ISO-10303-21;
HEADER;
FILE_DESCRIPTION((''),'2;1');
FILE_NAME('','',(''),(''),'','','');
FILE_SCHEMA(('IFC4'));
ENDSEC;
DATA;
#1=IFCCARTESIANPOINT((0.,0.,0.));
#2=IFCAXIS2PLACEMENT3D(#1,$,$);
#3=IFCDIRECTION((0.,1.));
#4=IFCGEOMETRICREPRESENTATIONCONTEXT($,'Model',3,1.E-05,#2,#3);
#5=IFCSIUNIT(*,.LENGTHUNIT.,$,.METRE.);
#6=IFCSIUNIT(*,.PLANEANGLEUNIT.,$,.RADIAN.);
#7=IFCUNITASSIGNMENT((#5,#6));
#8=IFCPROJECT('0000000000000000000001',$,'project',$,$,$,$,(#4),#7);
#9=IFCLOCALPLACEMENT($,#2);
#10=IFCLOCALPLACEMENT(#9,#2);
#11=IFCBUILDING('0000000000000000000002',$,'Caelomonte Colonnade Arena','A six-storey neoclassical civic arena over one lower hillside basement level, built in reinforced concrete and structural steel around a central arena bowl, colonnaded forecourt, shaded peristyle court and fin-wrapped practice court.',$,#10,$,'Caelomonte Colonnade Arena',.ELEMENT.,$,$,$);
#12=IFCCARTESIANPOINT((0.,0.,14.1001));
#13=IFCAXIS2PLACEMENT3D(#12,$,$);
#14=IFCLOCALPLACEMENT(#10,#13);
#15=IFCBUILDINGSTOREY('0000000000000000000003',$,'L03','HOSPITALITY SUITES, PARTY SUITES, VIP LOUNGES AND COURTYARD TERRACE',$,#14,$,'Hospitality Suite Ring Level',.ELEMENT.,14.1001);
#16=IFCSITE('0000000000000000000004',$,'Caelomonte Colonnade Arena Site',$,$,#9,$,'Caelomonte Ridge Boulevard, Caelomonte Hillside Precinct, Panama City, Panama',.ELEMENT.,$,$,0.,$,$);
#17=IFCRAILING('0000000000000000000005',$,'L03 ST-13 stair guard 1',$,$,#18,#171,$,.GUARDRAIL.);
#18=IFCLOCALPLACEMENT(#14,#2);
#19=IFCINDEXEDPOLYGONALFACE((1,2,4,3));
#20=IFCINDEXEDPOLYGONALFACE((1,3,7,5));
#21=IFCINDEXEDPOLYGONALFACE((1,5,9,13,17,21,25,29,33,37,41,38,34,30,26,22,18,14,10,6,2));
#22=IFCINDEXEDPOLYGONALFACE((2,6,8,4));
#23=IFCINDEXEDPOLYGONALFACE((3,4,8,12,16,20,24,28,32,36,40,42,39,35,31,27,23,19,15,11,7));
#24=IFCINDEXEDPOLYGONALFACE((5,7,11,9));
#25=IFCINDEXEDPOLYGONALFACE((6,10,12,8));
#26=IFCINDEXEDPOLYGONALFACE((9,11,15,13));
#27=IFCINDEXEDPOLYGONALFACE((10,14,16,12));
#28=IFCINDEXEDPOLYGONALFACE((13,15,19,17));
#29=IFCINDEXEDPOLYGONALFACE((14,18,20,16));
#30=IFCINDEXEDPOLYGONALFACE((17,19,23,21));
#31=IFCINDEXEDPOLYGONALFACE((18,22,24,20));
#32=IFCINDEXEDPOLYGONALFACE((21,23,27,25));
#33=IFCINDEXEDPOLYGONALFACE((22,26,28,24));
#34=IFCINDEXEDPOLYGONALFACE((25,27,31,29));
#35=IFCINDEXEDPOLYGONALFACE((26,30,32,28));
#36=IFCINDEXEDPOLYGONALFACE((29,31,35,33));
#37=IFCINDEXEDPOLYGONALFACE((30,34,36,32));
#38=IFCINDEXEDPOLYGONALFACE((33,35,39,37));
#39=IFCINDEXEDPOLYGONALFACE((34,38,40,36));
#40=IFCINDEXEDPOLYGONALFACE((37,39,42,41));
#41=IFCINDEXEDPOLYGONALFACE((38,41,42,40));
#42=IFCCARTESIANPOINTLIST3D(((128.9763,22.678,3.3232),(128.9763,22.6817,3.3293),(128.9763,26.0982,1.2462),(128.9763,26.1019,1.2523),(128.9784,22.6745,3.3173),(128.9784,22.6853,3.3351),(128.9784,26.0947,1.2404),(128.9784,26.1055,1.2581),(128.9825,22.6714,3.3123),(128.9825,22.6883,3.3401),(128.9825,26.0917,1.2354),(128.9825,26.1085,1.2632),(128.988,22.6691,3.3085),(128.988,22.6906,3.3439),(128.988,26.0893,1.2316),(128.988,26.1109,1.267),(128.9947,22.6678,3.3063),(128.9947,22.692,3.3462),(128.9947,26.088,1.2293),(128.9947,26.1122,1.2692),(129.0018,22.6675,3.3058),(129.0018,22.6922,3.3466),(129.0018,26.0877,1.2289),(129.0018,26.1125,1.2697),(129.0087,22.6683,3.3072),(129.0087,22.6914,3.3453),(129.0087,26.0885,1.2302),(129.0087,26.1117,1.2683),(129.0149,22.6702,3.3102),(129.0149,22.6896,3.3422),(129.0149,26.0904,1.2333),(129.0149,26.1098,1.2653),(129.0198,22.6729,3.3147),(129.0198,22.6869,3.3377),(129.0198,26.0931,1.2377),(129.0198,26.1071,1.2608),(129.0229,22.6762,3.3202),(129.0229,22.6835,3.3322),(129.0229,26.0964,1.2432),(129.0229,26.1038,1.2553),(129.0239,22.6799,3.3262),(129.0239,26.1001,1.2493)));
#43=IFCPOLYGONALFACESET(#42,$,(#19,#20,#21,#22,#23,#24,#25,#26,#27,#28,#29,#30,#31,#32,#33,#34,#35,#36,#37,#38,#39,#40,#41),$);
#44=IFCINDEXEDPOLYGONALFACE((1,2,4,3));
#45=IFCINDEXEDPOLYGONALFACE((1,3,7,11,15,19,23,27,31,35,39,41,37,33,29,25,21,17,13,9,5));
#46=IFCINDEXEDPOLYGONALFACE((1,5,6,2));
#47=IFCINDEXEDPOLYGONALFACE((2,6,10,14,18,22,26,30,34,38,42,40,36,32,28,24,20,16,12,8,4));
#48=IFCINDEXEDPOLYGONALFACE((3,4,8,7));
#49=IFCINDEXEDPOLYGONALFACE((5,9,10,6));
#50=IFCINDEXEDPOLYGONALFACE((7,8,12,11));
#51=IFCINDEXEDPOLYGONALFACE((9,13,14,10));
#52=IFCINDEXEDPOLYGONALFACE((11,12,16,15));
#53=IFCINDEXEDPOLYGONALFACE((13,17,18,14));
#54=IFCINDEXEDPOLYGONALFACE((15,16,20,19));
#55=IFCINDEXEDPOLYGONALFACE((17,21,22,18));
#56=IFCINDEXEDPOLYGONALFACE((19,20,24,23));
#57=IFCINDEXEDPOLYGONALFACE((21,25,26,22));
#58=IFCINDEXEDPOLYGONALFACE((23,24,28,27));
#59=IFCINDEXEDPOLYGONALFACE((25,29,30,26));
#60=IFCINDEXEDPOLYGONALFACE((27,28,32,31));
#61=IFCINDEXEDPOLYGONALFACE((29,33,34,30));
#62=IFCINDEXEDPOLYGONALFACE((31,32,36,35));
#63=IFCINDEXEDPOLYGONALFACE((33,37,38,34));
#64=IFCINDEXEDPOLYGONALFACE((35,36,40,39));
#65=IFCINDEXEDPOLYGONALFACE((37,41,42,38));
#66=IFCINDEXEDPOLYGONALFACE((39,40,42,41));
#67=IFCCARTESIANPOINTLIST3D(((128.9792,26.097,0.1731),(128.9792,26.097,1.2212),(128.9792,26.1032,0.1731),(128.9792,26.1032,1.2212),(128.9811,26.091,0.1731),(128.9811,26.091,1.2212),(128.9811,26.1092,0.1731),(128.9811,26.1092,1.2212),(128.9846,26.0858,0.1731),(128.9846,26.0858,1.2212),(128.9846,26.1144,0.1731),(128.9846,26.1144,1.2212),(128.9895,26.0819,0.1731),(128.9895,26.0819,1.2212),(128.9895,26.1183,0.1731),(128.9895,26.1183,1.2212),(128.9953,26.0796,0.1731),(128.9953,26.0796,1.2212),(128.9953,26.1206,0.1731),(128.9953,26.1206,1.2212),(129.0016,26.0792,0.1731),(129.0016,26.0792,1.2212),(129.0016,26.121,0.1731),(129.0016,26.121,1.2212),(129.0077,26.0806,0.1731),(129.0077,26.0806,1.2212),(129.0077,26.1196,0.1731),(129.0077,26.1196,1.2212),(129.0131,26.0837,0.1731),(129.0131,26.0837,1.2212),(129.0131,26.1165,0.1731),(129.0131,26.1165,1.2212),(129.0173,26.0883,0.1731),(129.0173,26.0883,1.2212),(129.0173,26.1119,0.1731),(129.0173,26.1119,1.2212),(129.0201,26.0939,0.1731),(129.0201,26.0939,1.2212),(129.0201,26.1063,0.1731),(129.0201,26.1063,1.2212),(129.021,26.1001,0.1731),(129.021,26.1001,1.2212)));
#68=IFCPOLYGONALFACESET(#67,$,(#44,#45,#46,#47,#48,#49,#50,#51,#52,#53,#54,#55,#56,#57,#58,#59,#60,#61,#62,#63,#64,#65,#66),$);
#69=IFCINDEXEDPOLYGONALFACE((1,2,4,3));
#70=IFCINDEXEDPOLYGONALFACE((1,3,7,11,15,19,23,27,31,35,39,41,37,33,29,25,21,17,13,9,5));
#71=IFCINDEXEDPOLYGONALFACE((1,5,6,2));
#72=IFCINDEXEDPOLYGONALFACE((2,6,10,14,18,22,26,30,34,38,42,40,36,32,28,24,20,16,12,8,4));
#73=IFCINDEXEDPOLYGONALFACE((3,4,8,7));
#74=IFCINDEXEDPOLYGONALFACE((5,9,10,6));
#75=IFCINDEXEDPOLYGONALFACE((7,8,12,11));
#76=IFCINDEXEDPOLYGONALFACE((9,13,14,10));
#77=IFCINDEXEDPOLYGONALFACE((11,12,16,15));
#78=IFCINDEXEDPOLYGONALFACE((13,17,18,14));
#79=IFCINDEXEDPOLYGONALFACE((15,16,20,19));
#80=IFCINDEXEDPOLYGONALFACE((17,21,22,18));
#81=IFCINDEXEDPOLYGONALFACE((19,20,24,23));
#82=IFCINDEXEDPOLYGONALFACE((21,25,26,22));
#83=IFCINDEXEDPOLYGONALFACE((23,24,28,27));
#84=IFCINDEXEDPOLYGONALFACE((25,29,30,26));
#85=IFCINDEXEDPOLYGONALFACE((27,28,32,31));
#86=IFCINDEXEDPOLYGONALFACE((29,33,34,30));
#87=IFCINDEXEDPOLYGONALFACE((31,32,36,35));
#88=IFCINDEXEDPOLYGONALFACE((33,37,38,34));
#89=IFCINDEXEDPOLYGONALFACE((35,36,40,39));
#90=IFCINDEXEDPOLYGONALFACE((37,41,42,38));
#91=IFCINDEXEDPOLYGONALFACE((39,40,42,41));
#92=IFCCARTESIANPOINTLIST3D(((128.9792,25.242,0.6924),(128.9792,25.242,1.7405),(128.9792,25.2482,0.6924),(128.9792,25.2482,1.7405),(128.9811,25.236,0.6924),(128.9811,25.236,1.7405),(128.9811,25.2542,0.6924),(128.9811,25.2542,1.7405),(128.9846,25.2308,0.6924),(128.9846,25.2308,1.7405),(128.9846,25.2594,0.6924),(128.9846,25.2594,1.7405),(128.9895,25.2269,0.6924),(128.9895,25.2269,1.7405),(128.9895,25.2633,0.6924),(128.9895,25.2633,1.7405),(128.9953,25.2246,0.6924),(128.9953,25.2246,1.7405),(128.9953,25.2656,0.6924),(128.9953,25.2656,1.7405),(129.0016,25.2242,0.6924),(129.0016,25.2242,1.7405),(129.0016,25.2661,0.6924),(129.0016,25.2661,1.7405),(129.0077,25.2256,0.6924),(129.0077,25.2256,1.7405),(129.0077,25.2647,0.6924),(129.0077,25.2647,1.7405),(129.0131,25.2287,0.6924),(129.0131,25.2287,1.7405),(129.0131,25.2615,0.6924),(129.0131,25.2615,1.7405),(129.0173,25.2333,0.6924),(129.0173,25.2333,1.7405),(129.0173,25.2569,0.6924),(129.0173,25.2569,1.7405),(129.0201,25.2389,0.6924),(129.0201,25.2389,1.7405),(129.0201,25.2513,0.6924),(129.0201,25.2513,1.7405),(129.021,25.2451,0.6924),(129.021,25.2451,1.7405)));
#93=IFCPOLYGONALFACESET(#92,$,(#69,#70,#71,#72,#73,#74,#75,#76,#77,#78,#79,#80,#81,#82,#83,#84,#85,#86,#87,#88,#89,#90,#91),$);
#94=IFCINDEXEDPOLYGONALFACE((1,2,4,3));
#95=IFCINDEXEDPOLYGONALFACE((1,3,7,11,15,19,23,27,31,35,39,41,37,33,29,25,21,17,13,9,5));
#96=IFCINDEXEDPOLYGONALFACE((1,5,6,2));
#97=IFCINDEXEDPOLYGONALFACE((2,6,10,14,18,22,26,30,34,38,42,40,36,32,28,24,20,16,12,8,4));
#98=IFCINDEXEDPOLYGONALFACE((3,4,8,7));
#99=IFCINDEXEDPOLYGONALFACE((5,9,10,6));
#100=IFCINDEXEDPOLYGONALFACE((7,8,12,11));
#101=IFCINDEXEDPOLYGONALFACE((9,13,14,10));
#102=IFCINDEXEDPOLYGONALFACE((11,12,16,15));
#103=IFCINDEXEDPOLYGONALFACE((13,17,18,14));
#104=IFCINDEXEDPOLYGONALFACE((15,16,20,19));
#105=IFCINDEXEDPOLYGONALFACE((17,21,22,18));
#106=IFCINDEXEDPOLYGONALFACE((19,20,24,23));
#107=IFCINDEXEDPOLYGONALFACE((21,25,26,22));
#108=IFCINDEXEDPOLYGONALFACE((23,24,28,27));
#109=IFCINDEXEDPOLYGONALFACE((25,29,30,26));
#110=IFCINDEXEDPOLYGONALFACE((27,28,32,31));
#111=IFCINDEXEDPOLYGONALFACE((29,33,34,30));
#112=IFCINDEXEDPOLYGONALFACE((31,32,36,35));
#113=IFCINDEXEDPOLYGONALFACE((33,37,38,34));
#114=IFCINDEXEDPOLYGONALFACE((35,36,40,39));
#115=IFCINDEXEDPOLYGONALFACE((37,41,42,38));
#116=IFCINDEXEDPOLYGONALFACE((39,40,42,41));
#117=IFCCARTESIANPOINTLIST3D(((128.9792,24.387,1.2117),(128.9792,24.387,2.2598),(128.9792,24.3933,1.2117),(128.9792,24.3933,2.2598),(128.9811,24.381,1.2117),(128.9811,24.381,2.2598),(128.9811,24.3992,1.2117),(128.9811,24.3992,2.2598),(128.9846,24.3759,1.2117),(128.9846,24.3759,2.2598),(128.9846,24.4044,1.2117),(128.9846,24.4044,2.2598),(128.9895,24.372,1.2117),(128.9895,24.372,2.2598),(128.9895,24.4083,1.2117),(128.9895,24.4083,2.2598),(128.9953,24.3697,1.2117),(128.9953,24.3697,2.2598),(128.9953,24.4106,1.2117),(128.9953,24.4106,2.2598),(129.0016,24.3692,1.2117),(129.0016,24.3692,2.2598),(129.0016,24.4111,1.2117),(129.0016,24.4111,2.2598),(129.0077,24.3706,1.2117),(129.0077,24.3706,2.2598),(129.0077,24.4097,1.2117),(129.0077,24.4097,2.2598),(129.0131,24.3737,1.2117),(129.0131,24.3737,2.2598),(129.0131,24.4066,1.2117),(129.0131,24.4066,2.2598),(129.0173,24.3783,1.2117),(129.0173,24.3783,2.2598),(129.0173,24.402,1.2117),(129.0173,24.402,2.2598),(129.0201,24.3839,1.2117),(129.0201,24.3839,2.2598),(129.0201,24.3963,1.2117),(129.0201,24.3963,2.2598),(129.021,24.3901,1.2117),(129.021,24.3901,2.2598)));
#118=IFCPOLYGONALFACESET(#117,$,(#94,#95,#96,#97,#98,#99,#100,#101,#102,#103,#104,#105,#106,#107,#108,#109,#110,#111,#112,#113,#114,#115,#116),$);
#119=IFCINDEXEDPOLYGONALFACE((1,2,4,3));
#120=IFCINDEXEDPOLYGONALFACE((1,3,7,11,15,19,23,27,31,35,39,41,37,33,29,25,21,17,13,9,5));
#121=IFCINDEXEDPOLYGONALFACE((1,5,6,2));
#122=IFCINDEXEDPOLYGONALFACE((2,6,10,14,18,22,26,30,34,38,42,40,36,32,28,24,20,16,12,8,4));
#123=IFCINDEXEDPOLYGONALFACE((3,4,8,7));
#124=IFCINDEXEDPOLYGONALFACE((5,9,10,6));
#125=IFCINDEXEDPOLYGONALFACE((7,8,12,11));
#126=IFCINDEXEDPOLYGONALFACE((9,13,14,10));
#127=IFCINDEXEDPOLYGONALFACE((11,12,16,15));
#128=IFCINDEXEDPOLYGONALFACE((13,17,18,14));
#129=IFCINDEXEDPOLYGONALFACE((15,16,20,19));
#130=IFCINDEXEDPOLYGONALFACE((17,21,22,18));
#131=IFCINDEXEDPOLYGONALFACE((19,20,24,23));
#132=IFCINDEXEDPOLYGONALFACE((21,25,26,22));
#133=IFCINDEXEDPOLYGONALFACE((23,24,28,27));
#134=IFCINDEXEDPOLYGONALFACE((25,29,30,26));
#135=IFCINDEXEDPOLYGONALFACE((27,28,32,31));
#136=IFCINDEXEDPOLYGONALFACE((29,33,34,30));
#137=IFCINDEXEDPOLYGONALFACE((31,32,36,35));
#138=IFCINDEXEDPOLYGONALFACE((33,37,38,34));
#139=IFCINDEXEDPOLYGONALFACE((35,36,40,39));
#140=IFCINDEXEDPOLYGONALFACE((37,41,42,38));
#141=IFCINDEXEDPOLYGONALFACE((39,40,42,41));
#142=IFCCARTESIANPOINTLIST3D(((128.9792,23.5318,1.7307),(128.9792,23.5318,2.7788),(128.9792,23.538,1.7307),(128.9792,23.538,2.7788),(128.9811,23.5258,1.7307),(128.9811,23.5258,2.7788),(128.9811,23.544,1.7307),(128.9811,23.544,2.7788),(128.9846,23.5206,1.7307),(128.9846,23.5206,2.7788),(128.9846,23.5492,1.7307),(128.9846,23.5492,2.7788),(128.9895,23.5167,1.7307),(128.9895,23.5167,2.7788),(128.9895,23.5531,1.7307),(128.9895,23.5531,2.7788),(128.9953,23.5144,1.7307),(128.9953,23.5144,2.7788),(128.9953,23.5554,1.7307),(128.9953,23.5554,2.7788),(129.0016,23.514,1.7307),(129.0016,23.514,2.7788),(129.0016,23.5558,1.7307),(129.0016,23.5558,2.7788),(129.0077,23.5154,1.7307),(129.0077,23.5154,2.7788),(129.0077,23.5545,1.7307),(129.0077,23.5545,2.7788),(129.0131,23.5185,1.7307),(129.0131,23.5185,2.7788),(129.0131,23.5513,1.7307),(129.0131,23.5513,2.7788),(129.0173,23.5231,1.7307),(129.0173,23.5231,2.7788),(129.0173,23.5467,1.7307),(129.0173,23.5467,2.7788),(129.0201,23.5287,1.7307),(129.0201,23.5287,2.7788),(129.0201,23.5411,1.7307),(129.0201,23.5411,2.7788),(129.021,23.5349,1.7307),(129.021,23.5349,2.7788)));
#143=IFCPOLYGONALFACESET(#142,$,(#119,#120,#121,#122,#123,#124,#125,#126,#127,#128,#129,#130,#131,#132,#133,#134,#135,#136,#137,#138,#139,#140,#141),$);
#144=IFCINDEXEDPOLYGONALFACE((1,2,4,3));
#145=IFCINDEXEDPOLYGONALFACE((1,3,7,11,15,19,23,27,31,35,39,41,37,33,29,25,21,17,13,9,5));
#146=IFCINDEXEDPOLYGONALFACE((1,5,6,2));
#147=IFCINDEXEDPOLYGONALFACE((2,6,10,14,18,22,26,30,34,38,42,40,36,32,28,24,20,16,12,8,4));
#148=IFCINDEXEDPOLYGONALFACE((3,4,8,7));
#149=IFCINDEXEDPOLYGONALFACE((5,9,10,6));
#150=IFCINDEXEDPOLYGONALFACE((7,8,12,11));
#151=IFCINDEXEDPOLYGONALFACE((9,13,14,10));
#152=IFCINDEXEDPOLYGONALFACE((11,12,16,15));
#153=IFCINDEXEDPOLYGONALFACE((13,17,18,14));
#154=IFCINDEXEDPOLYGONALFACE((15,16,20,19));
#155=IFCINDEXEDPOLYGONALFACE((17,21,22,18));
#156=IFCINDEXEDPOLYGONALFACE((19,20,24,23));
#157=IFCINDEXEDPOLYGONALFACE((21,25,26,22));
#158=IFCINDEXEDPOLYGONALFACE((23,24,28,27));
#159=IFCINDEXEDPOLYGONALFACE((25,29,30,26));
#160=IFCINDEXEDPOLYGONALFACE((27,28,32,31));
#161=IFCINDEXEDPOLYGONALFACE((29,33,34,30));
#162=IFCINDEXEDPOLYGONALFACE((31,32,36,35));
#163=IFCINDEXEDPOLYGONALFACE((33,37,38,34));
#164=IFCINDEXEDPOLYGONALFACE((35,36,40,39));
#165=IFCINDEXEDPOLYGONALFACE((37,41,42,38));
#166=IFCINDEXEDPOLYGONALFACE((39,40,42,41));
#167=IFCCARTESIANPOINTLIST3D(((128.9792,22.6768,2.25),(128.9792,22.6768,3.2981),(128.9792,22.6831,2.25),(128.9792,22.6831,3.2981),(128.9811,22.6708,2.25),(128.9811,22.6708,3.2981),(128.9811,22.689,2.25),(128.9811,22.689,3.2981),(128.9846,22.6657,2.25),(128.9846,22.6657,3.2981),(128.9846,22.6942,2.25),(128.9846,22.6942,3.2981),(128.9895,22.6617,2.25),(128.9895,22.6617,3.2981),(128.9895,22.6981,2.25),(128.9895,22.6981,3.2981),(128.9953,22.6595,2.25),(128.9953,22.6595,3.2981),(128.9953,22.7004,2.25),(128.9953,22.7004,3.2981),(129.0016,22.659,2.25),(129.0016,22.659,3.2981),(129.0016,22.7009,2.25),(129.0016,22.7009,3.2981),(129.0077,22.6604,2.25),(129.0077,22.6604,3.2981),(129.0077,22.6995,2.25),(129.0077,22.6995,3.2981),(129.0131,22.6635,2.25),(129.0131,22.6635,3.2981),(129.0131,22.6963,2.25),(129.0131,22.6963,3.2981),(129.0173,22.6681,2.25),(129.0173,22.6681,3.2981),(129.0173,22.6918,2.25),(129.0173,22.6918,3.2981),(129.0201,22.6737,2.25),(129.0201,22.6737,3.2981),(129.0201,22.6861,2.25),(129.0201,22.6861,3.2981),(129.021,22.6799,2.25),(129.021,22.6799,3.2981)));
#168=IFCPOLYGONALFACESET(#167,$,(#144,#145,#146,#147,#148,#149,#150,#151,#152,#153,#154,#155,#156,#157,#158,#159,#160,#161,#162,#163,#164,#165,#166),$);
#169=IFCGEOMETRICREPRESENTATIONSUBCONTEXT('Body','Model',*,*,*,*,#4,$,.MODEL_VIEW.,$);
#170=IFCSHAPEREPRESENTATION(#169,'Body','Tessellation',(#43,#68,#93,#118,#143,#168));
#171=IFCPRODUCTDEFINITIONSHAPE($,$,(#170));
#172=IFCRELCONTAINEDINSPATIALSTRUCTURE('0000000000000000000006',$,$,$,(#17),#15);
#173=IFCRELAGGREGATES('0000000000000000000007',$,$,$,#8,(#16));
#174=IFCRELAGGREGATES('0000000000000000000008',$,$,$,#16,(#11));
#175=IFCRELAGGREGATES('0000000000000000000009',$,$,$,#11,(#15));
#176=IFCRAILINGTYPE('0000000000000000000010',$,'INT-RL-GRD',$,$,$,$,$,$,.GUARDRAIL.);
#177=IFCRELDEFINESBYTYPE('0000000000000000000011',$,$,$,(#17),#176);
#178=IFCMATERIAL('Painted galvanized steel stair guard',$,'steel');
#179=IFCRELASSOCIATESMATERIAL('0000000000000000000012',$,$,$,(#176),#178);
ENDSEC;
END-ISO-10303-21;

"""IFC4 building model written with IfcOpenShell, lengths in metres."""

from ifc_helpers import new_model, si_unit, direction, frame, origin, origin_2d, place, context, subcontext, project, spatial, circle, extrude, material, type_object, element, save


model = new_model("IFC4")

# Units and contexts
model_context = context("Model", 3, precision=1e-05, world=origin(), true_north=direction((0.0, 1.0)))
body_context = subcontext(model_context, "Body", "Model", "MODEL_VIEW")
ifc_project = project(units=[si_unit("LENGTHUNIT", "METRE"), si_unit("PLANEANGLEUNIT", "RADIAN")], contexts=[model_context])

# Site, building, storey
site_placement = place(None, origin())
site = spatial("IfcSite", under=ifc_project, at=site_placement, Name="Caelomonte Colonnade Arena Site", LongName="Caelomonte Ridge Boulevard, Caelomonte Hillside Precinct, Panama City, Panama", CompositionType="ELEMENT", RefElevation=0.0)
building_placement = place(site_placement, origin())
building = spatial("IfcBuilding", under=site, at=building_placement, Name="Caelomonte Colonnade Arena", Description="A six-storey neoclassical civic arena over one lower hillside basement level, built in reinforced concrete and structural steel around a central arena bowl, colonnaded forecourt, shaded peristyle court and fin-wrapped practice court.", LongName="Caelomonte Colonnade Arena", CompositionType="ELEMENT")
storey_placement = place(building_placement, frame((0.0, 0.0, 14.1001)))
storey = spatial("IfcBuildingStorey", under=building, at=storey_placement, Name="L03", Description="HOSPITALITY SUITES, PARTY SUITES, VIP LOUNGES AND COURTYARD TERRACE", LongName="Hospitality Suite Ring Level", CompositionType="ELEMENT", Elevation=14.1001)

# Railing
ifc_material_1 = material(Name="Painted galvanized steel stair guard", Category="steel")
railing_type_1 = type_object("IfcRailingType", Name="INT-RL-GRD", PredefinedType="GUARDRAIL", material=ifc_material_1)
railing_1_placement = place(storey_placement, frame((129.0, 26.1001, 0.1731)))
element("IfcRailing", 1, at=railing_1_placement, inside=storey, type_object=railing_type_1, Name="L03 ST-13 stair guard 1", PredefinedType="GUARDRAIL", context=body_context, shape_type="SweptSolid", body=[
    extrude(circle(Radius=0.0239, at=origin_2d()), frame((0.0, 0.0, 1.0762), z_axis=(0.0, -0.854746, 0.519047), x_axis=(1.0, 0.0, 0.0)), (0.0, 0.0, 1.0), 4.0015),
    extrude(circle(Radius=0.021, at=origin_2d()), origin(), (0.0, 0.0, 1.0), 1.0481),
    extrude(circle(Radius=0.021, at=origin_2d()), frame((0.0, -0.855, 0.5193)), (0.0, 0.0, 1.0), 1.0481),
    extrude(circle(Radius=0.021, at=origin_2d()), frame((0.0, -1.71, 1.0386)), (0.0, 0.0, 1.0), 1.0481),
    extrude(circle(Radius=0.021, at=origin_2d()), frame((0.0, -2.5652, 1.5576)), (0.0, 0.0, 1.0), 1.0481),
    extrude(circle(Radius=0.021, at=origin_2d()), frame((0.0, -3.4202, 2.0769)), (0.0, 0.0, 1.0), 1.0481),
])

save(model, "model.ifc")
